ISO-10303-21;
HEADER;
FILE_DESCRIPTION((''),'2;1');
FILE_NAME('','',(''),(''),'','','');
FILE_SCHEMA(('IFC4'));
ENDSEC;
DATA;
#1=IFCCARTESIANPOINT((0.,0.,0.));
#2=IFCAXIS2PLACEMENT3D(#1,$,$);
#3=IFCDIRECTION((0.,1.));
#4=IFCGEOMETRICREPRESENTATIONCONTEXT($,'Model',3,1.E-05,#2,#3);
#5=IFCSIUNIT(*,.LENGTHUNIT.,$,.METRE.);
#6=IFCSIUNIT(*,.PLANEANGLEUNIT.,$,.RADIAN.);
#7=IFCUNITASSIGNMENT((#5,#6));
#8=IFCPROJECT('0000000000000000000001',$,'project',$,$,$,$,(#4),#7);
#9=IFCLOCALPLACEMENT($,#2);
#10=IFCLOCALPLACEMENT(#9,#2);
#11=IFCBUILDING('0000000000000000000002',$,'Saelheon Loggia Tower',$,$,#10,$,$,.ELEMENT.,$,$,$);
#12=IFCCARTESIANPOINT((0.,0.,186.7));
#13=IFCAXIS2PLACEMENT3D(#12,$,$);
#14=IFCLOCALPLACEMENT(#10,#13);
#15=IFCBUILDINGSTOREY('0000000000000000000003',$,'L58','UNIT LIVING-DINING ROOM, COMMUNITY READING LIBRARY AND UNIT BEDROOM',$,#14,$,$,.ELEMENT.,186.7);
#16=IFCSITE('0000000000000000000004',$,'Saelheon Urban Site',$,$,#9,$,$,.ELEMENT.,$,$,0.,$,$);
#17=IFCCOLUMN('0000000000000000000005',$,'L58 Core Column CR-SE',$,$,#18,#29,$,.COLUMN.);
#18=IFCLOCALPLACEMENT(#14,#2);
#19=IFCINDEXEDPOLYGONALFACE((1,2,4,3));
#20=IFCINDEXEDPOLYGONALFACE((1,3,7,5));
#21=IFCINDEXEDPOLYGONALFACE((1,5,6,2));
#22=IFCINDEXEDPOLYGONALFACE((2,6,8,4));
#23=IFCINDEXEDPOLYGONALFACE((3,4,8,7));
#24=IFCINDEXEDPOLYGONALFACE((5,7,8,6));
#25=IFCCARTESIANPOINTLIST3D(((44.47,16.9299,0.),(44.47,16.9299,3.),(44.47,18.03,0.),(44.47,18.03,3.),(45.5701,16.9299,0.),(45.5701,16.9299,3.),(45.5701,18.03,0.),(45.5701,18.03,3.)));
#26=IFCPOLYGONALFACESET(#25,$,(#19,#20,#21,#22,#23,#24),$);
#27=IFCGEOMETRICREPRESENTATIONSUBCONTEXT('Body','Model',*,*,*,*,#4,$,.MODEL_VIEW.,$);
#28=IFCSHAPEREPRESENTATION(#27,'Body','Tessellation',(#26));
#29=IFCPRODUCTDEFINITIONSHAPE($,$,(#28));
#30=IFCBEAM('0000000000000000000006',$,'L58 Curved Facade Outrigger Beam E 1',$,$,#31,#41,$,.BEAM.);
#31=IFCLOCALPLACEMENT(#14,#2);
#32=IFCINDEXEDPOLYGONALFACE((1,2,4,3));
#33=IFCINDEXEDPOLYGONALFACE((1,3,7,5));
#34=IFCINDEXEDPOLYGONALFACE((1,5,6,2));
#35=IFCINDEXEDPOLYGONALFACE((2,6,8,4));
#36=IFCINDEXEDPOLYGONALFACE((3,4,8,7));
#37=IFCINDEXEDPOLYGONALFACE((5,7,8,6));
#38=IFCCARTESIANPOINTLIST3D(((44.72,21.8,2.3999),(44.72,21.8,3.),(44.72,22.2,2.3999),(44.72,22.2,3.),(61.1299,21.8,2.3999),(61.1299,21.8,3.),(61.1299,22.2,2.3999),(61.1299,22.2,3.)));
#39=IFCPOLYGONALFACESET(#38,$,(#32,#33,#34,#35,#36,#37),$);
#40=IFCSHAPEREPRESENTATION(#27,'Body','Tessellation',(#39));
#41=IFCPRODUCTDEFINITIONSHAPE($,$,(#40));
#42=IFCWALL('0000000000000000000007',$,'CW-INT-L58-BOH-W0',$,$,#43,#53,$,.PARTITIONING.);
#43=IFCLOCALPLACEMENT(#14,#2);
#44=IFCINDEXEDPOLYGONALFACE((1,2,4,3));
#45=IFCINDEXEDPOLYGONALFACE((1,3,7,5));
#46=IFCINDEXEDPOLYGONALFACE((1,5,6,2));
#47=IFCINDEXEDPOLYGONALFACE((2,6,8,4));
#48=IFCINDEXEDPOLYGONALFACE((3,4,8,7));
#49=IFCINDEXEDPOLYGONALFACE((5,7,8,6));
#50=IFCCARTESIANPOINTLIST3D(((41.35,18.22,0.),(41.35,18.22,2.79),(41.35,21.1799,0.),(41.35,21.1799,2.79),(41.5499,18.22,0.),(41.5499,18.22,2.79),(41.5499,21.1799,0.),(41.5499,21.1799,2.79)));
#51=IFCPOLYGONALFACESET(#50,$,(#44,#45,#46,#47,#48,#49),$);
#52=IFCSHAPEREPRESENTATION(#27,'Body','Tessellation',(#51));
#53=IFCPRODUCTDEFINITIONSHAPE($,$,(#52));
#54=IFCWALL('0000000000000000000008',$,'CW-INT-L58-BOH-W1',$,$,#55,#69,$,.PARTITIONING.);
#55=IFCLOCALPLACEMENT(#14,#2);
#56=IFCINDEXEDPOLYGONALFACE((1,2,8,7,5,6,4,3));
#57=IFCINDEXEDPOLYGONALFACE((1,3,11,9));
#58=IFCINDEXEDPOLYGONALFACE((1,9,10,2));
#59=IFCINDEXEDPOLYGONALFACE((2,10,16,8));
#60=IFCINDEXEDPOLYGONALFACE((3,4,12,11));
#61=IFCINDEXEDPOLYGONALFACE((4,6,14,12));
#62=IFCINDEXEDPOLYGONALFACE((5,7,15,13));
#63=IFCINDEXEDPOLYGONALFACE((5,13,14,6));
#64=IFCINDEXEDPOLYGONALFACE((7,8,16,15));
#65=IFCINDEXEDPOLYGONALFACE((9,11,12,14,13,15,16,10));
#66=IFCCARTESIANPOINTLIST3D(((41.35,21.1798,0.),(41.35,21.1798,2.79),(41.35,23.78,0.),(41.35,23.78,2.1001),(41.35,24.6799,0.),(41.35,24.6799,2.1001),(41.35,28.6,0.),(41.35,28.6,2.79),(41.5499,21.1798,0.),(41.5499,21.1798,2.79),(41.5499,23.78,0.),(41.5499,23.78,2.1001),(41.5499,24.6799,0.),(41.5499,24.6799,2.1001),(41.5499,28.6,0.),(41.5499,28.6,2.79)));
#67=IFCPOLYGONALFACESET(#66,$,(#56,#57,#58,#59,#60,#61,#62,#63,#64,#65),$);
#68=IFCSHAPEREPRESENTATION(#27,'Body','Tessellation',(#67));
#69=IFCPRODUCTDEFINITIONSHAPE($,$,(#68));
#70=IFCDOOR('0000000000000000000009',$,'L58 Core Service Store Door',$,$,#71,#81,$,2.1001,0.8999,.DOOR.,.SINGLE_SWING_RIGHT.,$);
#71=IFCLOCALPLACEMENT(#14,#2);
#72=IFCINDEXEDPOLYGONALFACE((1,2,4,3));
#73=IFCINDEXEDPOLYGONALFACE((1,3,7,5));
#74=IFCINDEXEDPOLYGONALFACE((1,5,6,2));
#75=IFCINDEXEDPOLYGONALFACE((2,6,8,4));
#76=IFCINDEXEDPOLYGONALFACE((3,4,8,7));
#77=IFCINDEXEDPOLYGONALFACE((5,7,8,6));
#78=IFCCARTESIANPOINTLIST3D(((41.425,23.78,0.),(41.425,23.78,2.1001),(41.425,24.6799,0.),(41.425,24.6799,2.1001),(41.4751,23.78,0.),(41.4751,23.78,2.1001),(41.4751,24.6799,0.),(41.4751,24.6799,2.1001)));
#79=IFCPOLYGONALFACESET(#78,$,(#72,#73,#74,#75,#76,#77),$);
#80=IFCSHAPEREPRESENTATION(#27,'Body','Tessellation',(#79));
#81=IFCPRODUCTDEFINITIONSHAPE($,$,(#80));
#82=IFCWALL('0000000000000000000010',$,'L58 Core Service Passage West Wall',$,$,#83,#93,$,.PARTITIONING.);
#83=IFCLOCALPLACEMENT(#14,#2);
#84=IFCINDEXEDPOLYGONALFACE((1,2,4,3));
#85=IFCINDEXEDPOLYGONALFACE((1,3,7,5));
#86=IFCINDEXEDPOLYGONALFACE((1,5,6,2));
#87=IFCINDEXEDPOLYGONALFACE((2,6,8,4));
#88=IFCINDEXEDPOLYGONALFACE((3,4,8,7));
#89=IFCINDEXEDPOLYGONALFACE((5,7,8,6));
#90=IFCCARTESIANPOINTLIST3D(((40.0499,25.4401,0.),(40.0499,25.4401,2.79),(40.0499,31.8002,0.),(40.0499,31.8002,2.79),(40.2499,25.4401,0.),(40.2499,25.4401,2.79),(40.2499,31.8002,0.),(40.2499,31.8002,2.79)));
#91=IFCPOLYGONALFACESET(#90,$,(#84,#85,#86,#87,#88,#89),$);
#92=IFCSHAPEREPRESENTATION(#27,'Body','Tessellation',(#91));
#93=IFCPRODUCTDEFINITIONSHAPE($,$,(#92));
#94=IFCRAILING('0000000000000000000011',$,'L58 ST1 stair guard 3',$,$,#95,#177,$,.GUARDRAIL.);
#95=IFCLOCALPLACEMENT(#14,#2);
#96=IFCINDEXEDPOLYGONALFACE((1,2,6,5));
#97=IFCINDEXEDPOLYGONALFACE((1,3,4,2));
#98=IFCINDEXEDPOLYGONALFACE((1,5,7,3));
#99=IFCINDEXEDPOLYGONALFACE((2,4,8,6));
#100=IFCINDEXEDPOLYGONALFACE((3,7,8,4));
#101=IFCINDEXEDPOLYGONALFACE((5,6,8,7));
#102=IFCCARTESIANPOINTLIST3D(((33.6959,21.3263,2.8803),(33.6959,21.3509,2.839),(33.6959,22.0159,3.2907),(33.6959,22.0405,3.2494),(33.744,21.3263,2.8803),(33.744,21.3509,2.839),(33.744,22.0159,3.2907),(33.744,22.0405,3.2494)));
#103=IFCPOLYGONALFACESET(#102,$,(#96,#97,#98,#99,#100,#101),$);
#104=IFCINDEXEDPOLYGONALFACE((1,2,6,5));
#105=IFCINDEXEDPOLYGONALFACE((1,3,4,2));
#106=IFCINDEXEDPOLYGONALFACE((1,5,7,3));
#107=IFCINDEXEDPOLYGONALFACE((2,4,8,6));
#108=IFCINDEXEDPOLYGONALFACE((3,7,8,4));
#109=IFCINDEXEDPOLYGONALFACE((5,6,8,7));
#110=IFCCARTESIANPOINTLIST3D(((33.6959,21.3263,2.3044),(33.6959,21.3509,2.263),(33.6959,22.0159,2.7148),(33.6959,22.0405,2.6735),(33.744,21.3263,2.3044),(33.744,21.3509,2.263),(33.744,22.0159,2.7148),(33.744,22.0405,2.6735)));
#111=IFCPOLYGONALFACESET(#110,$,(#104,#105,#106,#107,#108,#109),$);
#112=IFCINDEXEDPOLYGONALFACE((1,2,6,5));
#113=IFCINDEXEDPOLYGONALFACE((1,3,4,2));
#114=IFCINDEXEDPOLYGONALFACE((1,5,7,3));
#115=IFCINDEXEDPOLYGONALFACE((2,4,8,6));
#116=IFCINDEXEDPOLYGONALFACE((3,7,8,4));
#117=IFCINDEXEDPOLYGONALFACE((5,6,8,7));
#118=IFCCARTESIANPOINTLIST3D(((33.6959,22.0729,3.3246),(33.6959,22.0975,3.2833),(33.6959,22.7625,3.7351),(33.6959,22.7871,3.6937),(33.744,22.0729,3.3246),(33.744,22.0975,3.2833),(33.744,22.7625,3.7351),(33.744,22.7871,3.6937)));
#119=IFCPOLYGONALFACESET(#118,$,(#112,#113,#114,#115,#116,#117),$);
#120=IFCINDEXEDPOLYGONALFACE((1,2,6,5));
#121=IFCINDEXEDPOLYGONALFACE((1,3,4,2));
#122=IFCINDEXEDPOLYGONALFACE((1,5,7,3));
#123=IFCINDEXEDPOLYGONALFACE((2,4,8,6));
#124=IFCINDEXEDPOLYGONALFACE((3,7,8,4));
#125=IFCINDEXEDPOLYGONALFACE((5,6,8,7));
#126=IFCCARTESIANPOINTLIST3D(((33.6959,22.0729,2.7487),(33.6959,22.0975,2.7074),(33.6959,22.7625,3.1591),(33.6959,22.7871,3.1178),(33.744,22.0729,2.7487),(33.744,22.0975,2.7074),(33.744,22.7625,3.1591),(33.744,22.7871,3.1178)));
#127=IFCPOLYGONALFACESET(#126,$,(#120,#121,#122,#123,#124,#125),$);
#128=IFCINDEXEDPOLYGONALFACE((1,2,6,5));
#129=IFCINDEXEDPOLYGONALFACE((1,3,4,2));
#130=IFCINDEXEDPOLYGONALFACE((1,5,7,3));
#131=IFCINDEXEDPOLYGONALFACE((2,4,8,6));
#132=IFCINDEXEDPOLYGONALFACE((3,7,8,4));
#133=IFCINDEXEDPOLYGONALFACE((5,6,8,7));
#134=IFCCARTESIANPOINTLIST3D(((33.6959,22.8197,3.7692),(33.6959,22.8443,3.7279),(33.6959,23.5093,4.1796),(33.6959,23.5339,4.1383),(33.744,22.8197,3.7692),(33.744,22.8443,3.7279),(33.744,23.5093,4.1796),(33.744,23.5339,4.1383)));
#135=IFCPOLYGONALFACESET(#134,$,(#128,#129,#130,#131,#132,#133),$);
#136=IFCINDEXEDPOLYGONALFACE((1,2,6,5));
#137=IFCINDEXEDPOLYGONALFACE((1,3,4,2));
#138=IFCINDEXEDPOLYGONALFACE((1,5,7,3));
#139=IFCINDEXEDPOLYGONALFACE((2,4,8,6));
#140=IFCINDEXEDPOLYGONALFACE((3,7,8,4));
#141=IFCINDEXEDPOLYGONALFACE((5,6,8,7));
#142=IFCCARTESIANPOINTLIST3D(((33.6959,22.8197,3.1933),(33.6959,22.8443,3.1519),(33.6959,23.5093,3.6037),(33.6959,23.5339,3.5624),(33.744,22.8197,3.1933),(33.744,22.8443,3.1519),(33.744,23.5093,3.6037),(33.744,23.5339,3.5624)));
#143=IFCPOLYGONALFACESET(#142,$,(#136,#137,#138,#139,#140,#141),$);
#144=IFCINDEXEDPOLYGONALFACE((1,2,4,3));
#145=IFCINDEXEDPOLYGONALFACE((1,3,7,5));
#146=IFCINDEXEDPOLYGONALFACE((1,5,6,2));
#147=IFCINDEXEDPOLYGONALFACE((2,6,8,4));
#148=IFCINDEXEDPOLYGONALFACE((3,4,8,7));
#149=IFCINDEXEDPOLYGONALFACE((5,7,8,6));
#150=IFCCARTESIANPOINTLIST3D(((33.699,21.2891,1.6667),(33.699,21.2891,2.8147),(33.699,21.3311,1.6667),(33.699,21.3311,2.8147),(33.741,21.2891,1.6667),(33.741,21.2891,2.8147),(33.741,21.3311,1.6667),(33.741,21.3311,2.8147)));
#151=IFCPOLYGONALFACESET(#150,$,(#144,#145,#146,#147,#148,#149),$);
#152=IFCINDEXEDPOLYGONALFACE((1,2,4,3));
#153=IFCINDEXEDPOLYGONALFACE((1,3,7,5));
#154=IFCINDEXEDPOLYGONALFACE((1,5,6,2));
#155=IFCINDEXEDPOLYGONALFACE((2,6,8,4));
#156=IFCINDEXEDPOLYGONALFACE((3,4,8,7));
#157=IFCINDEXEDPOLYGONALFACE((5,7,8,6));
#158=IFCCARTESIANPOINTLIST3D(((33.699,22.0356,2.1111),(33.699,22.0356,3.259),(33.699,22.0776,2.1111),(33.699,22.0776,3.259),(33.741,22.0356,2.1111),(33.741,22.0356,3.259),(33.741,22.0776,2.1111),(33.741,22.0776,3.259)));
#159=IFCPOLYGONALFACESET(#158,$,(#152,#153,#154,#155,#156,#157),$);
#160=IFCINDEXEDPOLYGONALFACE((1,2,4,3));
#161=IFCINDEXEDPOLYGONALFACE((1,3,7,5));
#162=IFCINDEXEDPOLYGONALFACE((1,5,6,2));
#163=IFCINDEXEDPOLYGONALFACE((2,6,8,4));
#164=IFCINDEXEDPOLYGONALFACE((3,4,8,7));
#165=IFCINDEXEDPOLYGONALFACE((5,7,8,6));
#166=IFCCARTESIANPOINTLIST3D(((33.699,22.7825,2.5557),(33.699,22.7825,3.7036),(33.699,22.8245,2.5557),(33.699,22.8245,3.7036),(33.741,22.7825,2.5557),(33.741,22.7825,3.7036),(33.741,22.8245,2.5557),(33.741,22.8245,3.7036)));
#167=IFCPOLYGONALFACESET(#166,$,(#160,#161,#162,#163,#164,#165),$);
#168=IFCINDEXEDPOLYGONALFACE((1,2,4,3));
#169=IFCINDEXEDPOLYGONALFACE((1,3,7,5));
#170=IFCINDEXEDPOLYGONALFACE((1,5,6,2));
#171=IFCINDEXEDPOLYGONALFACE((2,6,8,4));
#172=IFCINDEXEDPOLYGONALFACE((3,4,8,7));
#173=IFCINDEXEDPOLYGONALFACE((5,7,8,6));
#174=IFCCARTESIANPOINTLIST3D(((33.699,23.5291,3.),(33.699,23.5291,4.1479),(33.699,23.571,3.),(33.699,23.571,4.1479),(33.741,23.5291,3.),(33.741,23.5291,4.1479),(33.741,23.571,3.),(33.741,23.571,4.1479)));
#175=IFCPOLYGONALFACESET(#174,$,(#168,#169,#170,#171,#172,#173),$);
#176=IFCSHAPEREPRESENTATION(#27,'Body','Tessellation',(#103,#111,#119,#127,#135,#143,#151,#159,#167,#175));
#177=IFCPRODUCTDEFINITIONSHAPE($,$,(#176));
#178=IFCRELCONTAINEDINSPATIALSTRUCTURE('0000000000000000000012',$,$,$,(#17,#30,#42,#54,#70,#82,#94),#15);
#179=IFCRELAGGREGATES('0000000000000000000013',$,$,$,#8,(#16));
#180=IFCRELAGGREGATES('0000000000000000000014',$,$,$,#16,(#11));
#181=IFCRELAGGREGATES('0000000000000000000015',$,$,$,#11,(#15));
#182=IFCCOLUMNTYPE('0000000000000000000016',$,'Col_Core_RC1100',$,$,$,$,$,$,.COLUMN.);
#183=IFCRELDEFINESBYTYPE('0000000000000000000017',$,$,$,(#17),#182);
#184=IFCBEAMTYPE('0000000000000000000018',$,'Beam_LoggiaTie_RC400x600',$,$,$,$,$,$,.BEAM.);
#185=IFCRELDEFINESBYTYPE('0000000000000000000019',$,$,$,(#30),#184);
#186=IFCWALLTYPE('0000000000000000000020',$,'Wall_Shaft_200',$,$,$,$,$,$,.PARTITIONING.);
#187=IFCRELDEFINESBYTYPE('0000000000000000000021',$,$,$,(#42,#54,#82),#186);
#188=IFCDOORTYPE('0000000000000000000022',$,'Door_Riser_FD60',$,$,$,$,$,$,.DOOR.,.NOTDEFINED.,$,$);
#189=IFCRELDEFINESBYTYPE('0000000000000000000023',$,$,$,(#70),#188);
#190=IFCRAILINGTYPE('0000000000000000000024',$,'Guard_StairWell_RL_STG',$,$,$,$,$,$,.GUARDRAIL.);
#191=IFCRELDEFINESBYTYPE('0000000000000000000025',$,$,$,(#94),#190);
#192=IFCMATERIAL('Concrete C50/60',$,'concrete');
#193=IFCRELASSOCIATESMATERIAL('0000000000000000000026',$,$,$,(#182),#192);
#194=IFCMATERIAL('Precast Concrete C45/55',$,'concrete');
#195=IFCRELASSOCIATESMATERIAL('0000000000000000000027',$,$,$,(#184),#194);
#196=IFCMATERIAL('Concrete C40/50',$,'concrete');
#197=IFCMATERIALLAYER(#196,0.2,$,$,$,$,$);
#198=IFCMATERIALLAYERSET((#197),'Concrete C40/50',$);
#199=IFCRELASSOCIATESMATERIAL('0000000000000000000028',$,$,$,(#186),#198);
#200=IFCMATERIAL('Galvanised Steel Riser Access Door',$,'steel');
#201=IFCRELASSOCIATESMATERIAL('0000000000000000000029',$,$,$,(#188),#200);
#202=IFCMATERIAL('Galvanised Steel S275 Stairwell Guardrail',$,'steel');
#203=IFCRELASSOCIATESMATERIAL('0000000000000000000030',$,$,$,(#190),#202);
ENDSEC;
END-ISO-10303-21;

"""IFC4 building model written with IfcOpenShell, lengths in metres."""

from ifc_helpers import new_model, si_unit, direction, frame, frame_2d, origin, origin_2d, place, context, subcontext, project, spatial, rectangle, extrude, source, transform, mapped, material, layer, layer_set, material_profile, profile_set, type_object, element, fill, save


model = new_model("IFC4")

# Units and contexts
model_context = context("Model", 3, precision=1e-05, world=origin(), true_north=direction((0.0, 1.0)))
body_context = subcontext(model_context, "Body", "Model", "MODEL_VIEW")
ifc_project = project(units=[si_unit("LENGTHUNIT", "METRE"), si_unit("PLANEANGLEUNIT", "RADIAN")], contexts=[model_context])

# Site, building, storey
site_placement = place(None, origin())
site = spatial("IfcSite", under=ifc_project, at=site_placement, Name="Saelheon Urban Site", CompositionType="ELEMENT", RefElevation=0.0)
building_placement = place(site_placement, origin())
building = spatial("IfcBuilding", under=site, at=building_placement, Name="Saelheon Loggia Tower", CompositionType="ELEMENT")
storey_placement = place(building_placement, frame((0.0, 0.0, 186.7)))
storey = spatial("IfcBuildingStorey", under=building, at=storey_placement, Name="L58", Description="UNIT LIVING-DINING ROOM, COMMUNITY READING LIBRARY AND UNIT BEDROOM", CompositionType="ELEMENT", Elevation=186.7)

# Column
ifc_material_1 = material(Name="Concrete C50/60", Category="concrete")
ifc_material_profile_1 = material_profile(ifc_material_1, rectangle(XDim=1.1001, YDim=1.1001, at=origin_2d()), Name="RC-1100x1100")
ifc_profile_set_1 = profile_set([ifc_material_profile_1], Name="Concrete C50/60")
column_type = type_object("IfcColumnType", Name="Col_Core_RC1100", PredefinedType="COLUMN", material=ifc_profile_set_1)
shared_shape_1 = source(origin(), body_context, "Body", "SweptSolid", [
    extrude(rectangle(XDim=1.1001, YDim=1.1001, at=origin_2d()), origin(), (0.0, 0.0, 1.0), 3.0),
])
column_placement = place(storey_placement, frame((45.02, 17.48, 0.0), z_axis=(0.0, 0.0, 1.0), x_axis=(1.0, 0.0, 0.0)))
element("IfcColumn", 1, at=column_placement, inside=storey, type_object=column_type, Name="L58 Core Column CR-SE", PredefinedType="COLUMN", context=body_context, shape_type="MappedRepresentation", body=[
    mapped(shared_shape_1, transform((0.0, 0.0, 0.0), scale=1.0)),
])

# Beam
ifc_material_2 = material(Name="Precast Concrete C45/55", Category="concrete")
ifc_material_profile_2 = material_profile(ifc_material_2, rectangle(XDim=0.3999, YDim=0.6001, at=origin_2d()), Name="RC-400x600")
ifc_profile_set_2 = profile_set([ifc_material_profile_2], Name="Precast Concrete C45/55")
beam_type = type_object("IfcBeamType", Name="Beam_LoggiaTie_RC400x600", PredefinedType="BEAM", material=ifc_profile_set_2)
shared_shape_2 = source(origin(), body_context, "Body", "SweptSolid", [
    extrude(rectangle(XDim=0.3999, YDim=0.6001, at=origin_2d()), origin(), (0.0, 0.0, 1.0), 16.4099),
])
beam_placement = place(storey_placement, frame((44.72, 22.0, 2.7), z_axis=(1.0, 0.0, 0.0), x_axis=(0.0, 1.0, 0.0)))
element("IfcBeam", 2, at=beam_placement, inside=storey, type_object=beam_type, Name="L58 Curved Facade Outrigger Beam E 1", PredefinedType="BEAM", context=body_context, shape_type="MappedRepresentation", body=[
    mapped(shared_shape_2, transform((0.0, 0.0, 0.0), scale=1.0)),
])

# Wall
ifc_material_3 = material(Name="Concrete C40/50", Category="concrete")
ifc_layer_1 = layer(ifc_material_3, 0.2)
ifc_layer_set_1 = layer_set([ifc_layer_1], Name="Concrete C40/50")
wall_type_1 = type_object("IfcWallType", Name="Wall_Shaft_200", PredefinedType="PARTITIONING", material=ifc_layer_set_1)
wall_1_placement = place(storey_placement, frame((41.45, 18.22, 0.0), z_axis=(0.0, 0.0, 1.0), x_axis=(0.0, 1.0, 0.0)))
element("IfcWall", 3, at=wall_1_placement, inside=storey, type_object=wall_type_1, Name="CW-INT-L58-BOH-W0", PredefinedType="PARTITIONING", context=body_context, shape_type="SweptSolid", body=[
    extrude(rectangle(XDim=2.96, YDim=0.2, at=frame_2d((1.48, 0.0))), origin(), (0.0, 0.0, 1.0), 2.79),
])

# Wall, opening, door
wall_2_placement = place(storey_placement, frame((41.45, 21.1799, 0.0), z_axis=(0.0, 0.0, 1.0), x_axis=(0.0, 1.0, 0.0)))
wall_2 = element("IfcWall", 4, at=wall_2_placement, inside=storey, type_object=wall_type_1, Name="CW-INT-L58-BOH-W1", PredefinedType="PARTITIONING", context=body_context, shape_type="SweptSolid", body=[
    extrude(rectangle(XDim=7.4202, YDim=0.2, at=frame_2d((3.71, 0.0))), origin(), (0.0, 0.0, 1.0), 2.79),
])
opening_1_placement = place(wall_2_placement, frame((2.6001, 0.0, 0.0)))
opening_1 = element("IfcOpeningElement", 5, at=opening_1_placement, cuts=wall_2, PredefinedType="OPENING", context=body_context, shape_type="SweptSolid", body=[
    extrude(rectangle(XDim=0.8999, YDim=2.1001, at=frame_2d((0.45, 1.05))), frame((0.0, 0.1121, 0.0), z_axis=(0.0, -1.0, 0.0), x_axis=(1.0, 0.0, 0.0)), (0.0, 0.0, 1.0), 0.2239),
])
ifc_material_4 = material(Name="Galvanised Steel Riser Access Door", Category="steel")
door_type_1 = type_object("IfcDoorType", Name="Door_Riser_FD60", OperationType="NOTDEFINED", PredefinedType="DOOR", material=ifc_material_4)
shared_shape_3 = source(origin(), body_context, "Body", "SweptSolid", [
    extrude(rectangle(XDim=0.8999, YDim=2.1001, at=frame_2d((0.45, 1.05))), frame((0.0, 0.0249, 0.0), z_axis=(0.0, -1.0, 0.0), x_axis=(1.0, 0.0, 0.0)), (0.0, 0.0, 1.0), 0.05),
])
door_1_placement = place(opening_1_placement, origin())
door_1 = element("IfcDoor", 6, at=door_1_placement, inside=storey, type_object=door_type_1, Name="L58 Core Service Store Door", OperationType="SINGLE_SWING_RIGHT", OverallHeight=2.1001, OverallWidth=0.8999, PredefinedType="DOOR", context=body_context, shape_type="MappedRepresentation", body=[
    mapped(shared_shape_3, transform((0.0, 0.0, 0.0), scale=1.0)),
])
fill(opening_1, door_1)

# Wall
wall_3_placement = place(storey_placement, frame((40.1499, 25.4399, 0.0), z_axis=(0.0, 0.0, 1.0), x_axis=(0.0, 1.0, 0.0)))
element("IfcWall", 7, at=wall_3_placement, inside=storey, type_object=wall_type_1, Name="L58 Core Service Passage West Wall", PredefinedType="PARTITIONING", context=body_context, shape_type="SweptSolid", body=[
    extrude(rectangle(XDim=6.3601, YDim=0.2, at=frame_2d((3.1802, 0.0))), origin(), (0.0, 0.0, 1.0), 2.79),
])

# Railing
ifc_material_5 = material(Name="Galvanised Steel S275 Stairwell Guardrail", Category="steel")
railing_type_1 = type_object("IfcRailingType", Name="Guard_StairWell_RL_STG", PredefinedType="GUARDRAIL", material=ifc_material_5)
railing_1_placement = place(storey_placement, frame((33.72, 21.3101, 1.6667)))
element("IfcRailing", 8, at=railing_1_placement, inside=storey, type_object=railing_type_1, Name="L58 ST1 stair guard 3", PredefinedType="GUARDRAIL", context=body_context, shape_type="SweptSolid", body=[
    extrude(rectangle(XDim=0.0481, YDim=0.0481, at=origin_2d()), frame((0.0, 0.0286, 1.1929), z_axis=(0.0, 0.859306, 0.511462), x_axis=(-1.0, 0.0, 0.0)), (0.0, 0.0, 1.0), 0.8025),
    extrude(rectangle(XDim=0.0481, YDim=0.0481, at=origin_2d()), frame((0.0, 0.0286, 0.6169), z_axis=(0.0, 0.859306, 0.511462), x_axis=(-1.0, 0.0, 0.0)), (0.0, 0.0, 1.0), 0.8025),
    extrude(rectangle(XDim=0.0481, YDim=0.0481, at=origin_2d()), frame((0.0, 0.7751, 1.6372), z_axis=(0.0, 0.859306, 0.511462), x_axis=(-1.0, 0.0, 0.0)), (0.0, 0.0, 1.0), 0.8025),
    extrude(rectangle(XDim=0.0481, YDim=0.0481, at=origin_2d()), frame((0.0, 0.7751, 1.0613), z_axis=(0.0, 0.859306, 0.511462), x_axis=(-1.0, 0.0, 0.0)), (0.0, 0.0, 1.0), 0.8025),
    extrude(rectangle(XDim=0.0481, YDim=0.0481, at=origin_2d()), frame((0.0, 1.522, 2.0818), z_axis=(0.0, 0.859306, 0.511462), x_axis=(-1.0, 0.0, 0.0)), (0.0, 0.0, 1.0), 0.8025),
    extrude(rectangle(XDim=0.0481, YDim=0.0481, at=origin_2d()), frame((0.0, 1.522, 1.5059), z_axis=(0.0, 0.859306, 0.511462), x_axis=(-1.0, 0.0, 0.0)), (0.0, 0.0, 1.0), 0.8025),
    extrude(rectangle(XDim=0.042, YDim=0.042, at=origin_2d()), origin(), (0.0, 0.0, 1.0), 1.1479),
    extrude(rectangle(XDim=0.042, YDim=0.042, at=origin_2d()), frame((0.0, 0.7466, 0.4443)), (0.0, 0.0, 1.0), 1.1479),
    extrude(rectangle(XDim=0.042, YDim=0.042, at=origin_2d()), frame((0.0, 1.4934, 0.8889)), (0.0, 0.0, 1.0), 1.1479),
    extrude(rectangle(XDim=0.042, YDim=0.042, at=origin_2d()), frame((0.0, 2.24, 1.3333)), (0.0, 0.0, 1.0), 1.1479),
])

save(model, "model.ifc")
